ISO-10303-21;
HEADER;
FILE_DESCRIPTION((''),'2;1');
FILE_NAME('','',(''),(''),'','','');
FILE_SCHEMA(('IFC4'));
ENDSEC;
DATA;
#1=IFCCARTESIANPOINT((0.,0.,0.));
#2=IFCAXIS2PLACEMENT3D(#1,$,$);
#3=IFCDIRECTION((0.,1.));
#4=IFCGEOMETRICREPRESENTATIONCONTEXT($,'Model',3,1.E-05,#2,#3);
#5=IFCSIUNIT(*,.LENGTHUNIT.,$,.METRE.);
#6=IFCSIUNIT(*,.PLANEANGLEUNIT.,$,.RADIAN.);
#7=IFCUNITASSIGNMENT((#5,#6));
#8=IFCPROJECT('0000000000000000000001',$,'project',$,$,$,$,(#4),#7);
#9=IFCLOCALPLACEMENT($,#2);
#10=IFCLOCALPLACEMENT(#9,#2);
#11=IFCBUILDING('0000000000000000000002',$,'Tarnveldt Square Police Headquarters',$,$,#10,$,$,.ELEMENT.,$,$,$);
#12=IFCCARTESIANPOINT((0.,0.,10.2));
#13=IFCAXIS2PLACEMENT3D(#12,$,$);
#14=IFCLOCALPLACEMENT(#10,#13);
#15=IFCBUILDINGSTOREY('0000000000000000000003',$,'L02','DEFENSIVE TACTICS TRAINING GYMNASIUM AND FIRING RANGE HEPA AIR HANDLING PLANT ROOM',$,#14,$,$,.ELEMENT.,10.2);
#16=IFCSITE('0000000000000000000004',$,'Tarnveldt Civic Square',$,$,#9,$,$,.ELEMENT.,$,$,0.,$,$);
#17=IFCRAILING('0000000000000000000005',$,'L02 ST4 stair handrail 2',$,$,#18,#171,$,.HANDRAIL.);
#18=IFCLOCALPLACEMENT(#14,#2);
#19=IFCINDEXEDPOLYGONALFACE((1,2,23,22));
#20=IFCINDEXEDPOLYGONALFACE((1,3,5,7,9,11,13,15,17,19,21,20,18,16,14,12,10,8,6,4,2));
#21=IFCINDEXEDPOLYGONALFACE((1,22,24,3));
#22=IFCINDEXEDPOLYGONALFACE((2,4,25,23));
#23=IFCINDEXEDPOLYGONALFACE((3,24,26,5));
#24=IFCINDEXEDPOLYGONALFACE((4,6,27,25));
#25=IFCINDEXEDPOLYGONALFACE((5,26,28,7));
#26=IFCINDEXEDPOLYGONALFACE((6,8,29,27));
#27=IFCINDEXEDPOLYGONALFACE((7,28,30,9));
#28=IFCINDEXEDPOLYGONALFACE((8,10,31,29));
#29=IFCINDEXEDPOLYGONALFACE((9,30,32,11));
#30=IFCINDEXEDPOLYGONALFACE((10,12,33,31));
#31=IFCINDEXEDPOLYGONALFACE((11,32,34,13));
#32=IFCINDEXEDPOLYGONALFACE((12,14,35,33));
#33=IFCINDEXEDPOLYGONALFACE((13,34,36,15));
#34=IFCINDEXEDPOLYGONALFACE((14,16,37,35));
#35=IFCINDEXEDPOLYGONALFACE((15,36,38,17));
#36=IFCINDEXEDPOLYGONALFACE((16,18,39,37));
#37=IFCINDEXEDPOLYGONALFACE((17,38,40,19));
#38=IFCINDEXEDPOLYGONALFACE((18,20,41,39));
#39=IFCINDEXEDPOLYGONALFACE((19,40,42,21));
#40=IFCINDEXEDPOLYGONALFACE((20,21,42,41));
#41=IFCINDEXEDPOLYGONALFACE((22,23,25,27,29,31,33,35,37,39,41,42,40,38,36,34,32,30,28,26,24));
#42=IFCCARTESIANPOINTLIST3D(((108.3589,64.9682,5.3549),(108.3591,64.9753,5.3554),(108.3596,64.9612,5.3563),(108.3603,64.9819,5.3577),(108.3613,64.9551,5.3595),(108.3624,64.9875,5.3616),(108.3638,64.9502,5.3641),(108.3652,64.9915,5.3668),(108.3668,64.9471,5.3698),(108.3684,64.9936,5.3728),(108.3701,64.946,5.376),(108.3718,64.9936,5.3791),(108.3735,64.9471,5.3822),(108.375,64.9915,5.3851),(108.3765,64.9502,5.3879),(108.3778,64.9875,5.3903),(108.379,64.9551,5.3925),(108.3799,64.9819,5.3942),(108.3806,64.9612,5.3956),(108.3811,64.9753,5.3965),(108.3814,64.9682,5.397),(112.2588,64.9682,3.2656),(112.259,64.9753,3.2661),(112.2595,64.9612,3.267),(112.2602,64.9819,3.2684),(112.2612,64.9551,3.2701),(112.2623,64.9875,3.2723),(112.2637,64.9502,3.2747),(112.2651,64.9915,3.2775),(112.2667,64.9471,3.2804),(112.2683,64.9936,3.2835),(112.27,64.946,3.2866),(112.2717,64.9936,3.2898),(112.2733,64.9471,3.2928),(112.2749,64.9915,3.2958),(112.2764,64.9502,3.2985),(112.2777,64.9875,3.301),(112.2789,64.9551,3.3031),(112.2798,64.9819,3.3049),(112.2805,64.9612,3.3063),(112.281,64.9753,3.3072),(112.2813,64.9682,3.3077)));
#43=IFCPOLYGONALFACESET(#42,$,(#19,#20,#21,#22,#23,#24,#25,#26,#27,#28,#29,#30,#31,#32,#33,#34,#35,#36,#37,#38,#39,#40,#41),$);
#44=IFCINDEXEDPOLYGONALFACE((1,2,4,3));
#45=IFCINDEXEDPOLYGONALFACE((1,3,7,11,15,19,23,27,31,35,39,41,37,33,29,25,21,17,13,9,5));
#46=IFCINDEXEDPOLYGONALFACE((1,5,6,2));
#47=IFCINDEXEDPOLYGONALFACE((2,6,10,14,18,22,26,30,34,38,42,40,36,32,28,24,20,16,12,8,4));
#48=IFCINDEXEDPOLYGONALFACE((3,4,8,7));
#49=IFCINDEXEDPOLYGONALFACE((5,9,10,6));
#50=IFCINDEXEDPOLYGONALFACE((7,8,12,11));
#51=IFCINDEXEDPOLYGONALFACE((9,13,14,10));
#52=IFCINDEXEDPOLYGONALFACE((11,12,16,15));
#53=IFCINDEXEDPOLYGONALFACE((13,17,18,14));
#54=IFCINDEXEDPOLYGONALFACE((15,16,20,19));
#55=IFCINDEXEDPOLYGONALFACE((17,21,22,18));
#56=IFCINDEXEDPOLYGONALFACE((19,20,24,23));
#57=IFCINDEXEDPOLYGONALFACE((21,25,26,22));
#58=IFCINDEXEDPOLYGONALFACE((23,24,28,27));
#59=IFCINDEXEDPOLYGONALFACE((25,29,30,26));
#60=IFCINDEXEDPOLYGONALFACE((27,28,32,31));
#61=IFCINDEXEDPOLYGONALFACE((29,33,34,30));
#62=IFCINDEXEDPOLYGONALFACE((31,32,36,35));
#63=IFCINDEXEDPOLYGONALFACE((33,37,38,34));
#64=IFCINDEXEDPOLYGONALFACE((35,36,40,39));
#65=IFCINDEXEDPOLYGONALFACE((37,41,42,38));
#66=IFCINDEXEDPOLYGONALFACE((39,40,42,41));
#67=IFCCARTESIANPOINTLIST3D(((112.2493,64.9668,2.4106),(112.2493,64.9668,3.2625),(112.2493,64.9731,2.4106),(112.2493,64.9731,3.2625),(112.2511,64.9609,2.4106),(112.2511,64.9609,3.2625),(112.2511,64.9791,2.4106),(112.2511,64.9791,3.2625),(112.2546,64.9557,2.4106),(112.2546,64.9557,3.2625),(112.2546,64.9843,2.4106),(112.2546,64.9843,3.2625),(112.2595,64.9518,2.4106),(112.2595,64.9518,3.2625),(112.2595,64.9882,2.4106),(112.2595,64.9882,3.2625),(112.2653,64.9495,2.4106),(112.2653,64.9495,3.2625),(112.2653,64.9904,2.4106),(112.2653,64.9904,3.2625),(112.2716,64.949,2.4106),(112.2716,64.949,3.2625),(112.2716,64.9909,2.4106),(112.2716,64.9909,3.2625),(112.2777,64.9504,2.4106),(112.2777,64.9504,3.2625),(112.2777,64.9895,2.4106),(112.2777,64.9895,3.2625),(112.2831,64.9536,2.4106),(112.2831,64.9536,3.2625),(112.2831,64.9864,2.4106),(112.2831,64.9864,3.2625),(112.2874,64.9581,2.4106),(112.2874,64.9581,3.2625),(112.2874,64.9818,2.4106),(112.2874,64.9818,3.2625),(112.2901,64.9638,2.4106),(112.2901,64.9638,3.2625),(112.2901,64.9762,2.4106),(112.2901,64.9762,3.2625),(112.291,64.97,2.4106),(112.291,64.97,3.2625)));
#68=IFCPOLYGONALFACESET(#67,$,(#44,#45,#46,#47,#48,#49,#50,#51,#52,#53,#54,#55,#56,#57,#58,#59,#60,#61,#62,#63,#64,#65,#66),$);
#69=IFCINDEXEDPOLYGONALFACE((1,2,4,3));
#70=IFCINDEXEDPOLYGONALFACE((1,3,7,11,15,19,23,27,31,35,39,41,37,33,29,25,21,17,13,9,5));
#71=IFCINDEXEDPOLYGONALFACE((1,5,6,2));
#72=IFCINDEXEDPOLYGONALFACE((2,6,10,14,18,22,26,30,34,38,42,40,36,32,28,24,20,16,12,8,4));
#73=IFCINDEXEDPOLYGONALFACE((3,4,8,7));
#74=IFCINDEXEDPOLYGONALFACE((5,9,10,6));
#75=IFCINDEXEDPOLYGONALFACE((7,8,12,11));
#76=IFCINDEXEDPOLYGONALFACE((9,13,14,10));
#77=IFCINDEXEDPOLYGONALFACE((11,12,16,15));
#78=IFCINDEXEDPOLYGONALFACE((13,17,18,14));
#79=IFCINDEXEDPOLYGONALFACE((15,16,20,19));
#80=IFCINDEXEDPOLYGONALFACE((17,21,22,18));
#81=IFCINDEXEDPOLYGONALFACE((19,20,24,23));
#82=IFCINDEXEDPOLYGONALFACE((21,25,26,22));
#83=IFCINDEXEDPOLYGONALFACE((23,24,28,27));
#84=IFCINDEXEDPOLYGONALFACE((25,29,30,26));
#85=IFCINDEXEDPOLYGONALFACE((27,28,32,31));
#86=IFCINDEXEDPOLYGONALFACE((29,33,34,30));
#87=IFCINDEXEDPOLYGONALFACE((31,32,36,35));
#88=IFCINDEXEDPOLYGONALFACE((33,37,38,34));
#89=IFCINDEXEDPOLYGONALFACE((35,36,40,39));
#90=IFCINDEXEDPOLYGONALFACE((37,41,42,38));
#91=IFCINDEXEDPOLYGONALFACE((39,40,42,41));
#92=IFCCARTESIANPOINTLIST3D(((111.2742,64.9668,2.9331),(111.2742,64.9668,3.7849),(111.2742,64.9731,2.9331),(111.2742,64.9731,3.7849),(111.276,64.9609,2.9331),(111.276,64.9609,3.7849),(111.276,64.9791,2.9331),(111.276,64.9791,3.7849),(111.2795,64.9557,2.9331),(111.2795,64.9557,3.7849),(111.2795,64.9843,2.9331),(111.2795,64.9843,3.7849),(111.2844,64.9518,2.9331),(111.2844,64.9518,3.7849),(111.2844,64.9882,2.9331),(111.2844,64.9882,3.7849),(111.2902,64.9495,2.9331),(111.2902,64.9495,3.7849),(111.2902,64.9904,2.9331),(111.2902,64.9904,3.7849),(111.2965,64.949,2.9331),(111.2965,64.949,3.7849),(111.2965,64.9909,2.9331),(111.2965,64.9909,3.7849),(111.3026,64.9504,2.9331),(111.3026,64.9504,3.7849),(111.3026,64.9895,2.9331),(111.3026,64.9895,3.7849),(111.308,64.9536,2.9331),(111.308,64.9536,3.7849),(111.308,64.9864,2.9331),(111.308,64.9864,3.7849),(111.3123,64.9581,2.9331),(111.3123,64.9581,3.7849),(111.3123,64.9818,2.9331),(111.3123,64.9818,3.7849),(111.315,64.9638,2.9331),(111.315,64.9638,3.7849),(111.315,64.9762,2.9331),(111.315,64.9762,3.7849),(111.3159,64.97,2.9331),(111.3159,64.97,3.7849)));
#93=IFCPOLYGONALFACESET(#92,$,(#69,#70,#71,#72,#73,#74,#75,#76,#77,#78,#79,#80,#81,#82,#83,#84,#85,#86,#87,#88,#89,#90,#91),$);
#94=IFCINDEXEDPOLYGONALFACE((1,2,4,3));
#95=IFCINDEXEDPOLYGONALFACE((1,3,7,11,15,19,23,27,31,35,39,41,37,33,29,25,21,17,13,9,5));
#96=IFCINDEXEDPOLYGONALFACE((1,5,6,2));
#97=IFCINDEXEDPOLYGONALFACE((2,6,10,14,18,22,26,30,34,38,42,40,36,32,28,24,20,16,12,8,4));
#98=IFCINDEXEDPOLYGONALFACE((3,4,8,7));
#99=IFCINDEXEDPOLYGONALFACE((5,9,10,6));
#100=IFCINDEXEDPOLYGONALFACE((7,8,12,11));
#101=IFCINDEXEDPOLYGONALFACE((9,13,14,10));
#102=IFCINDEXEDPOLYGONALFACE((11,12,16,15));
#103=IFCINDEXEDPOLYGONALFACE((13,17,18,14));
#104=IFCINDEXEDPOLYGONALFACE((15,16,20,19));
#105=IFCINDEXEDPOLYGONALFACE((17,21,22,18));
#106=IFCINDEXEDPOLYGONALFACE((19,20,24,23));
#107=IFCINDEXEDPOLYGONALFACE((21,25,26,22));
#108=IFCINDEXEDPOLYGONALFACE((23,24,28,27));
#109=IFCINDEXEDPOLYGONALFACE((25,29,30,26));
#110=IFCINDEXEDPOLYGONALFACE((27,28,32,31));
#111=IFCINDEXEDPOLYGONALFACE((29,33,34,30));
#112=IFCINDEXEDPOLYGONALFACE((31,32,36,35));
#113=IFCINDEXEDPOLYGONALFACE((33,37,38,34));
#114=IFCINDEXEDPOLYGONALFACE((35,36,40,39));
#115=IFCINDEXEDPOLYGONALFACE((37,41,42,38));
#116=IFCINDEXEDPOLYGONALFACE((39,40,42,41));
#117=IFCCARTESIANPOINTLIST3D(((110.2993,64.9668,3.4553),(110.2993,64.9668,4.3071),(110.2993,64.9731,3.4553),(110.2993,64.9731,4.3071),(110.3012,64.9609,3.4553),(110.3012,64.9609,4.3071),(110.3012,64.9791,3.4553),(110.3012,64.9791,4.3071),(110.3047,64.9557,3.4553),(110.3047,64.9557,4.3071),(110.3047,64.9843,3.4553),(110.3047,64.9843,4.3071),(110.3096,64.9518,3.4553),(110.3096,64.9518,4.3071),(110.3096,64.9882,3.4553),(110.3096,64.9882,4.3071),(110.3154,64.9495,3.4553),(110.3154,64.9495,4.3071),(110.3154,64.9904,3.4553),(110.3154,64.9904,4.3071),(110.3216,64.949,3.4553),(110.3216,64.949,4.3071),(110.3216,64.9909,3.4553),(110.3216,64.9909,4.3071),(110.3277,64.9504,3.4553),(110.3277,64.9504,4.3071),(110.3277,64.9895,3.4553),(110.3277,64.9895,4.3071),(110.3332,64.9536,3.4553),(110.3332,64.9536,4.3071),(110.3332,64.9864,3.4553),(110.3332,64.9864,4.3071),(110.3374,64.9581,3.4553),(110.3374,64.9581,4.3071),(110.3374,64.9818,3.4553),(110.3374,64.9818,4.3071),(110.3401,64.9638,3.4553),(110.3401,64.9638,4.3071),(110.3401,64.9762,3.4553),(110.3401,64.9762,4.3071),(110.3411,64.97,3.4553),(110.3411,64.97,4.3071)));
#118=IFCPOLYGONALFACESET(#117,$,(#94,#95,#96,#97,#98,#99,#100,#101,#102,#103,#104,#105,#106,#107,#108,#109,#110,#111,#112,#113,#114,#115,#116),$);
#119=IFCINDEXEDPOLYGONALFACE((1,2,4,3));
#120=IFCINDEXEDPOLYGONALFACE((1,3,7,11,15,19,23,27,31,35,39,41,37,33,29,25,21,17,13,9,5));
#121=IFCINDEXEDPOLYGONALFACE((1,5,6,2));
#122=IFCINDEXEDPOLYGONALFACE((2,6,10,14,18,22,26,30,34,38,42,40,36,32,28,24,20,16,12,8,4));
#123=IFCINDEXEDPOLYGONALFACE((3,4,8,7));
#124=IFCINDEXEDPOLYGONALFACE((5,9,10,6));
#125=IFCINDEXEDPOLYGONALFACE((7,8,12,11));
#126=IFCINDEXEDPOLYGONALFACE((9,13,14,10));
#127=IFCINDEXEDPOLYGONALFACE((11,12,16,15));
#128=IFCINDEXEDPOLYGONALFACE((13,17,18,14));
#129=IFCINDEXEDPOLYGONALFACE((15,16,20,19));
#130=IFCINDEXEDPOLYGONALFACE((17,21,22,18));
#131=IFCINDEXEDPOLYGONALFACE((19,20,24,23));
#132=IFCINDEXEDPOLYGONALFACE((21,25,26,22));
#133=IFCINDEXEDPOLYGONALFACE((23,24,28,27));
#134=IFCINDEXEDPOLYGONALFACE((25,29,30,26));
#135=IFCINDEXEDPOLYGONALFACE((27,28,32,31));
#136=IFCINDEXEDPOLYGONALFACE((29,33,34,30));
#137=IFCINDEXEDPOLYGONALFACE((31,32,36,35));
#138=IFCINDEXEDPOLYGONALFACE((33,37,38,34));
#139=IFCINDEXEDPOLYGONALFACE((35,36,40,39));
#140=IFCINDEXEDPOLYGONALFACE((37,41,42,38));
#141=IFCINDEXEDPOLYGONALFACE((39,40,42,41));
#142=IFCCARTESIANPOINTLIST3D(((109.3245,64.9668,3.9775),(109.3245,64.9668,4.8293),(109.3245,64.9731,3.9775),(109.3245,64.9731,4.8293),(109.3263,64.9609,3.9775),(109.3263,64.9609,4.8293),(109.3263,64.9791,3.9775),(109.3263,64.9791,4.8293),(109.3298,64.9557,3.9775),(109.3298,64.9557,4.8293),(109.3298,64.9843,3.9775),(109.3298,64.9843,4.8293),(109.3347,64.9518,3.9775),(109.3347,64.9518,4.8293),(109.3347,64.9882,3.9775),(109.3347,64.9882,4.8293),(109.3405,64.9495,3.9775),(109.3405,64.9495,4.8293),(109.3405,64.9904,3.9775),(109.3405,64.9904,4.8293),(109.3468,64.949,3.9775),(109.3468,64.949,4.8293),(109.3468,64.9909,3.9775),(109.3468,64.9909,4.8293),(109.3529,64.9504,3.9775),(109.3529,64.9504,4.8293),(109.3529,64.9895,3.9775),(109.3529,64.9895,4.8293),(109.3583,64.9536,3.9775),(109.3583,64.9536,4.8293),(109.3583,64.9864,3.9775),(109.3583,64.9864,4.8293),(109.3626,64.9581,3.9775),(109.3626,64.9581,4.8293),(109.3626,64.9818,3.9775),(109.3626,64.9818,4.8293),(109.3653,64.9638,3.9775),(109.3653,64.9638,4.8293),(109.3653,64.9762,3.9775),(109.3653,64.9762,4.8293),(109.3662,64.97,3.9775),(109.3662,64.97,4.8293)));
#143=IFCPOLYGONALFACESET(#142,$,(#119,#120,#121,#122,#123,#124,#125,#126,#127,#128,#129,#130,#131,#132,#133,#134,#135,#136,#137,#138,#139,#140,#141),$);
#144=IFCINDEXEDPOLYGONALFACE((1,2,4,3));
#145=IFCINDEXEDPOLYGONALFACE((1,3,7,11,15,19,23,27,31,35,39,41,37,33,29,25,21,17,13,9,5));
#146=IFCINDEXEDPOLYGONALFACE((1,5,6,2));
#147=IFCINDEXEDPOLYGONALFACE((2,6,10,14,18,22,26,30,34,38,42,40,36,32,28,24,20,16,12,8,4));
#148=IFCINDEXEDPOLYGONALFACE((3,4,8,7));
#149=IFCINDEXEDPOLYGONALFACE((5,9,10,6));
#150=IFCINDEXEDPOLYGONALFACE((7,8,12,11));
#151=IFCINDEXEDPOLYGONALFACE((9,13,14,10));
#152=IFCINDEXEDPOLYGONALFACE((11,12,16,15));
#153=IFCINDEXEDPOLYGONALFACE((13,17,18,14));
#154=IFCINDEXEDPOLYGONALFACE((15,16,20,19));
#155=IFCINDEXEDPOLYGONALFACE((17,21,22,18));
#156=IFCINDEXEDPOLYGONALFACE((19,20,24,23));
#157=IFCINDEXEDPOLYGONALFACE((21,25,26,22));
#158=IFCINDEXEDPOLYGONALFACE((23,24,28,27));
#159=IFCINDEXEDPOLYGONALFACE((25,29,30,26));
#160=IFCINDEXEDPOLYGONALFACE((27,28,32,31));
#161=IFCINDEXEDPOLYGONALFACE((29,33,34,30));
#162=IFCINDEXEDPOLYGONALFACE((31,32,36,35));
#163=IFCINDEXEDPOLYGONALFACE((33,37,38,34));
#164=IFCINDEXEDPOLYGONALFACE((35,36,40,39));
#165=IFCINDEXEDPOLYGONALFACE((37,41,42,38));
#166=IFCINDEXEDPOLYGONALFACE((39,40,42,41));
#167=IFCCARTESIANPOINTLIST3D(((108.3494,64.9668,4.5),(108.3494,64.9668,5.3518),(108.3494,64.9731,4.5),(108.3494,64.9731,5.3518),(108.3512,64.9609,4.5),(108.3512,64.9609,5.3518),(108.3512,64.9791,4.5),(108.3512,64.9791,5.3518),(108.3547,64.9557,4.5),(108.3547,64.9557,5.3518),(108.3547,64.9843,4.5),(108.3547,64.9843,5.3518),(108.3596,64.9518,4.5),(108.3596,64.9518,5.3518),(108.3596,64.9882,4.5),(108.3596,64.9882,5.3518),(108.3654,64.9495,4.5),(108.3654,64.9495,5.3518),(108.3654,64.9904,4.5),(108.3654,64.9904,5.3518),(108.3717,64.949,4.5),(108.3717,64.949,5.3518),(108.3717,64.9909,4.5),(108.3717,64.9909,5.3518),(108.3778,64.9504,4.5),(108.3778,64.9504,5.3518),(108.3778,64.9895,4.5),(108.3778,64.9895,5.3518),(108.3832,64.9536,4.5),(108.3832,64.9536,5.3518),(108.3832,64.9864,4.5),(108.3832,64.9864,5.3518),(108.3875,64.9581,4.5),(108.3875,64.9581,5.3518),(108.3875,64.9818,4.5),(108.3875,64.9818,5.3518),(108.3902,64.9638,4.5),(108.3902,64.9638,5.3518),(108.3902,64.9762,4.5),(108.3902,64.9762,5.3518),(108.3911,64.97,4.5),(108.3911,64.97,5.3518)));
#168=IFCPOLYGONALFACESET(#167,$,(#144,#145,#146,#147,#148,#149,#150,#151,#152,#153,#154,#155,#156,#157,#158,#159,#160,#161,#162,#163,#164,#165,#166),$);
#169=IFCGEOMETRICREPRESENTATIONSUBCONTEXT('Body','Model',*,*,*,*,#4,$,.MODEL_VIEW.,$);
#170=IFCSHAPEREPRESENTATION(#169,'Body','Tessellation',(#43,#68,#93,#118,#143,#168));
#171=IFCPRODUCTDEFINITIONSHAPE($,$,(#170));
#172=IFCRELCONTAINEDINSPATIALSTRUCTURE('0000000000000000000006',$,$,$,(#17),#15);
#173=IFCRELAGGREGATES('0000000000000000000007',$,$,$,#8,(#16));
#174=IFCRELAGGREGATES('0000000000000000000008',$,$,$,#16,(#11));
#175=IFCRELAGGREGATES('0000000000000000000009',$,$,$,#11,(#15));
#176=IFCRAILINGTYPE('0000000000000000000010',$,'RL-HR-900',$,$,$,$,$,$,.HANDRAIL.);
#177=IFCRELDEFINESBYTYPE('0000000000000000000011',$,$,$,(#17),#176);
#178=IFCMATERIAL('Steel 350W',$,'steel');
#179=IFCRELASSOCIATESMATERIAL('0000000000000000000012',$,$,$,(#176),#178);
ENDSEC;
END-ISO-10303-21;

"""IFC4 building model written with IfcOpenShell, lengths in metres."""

from ifc_helpers import new_model, si_unit, direction, frame, origin, origin_2d, place, context, subcontext, project, spatial, circle, extrude, material, type_object, element, save


model = new_model("IFC4")

# Units and contexts
model_context = context("Model", 3, precision=1e-05, world=origin(), true_north=direction((0.0, 1.0)))
body_context = subcontext(model_context, "Body", "Model", "MODEL_VIEW")
ifc_project = project(units=[si_unit("LENGTHUNIT", "METRE"), si_unit("PLANEANGLEUNIT", "RADIAN")], contexts=[model_context])

# Site, building, storey
site_placement = place(None, origin())
site = spatial("IfcSite", under=ifc_project, at=site_placement, Name="Tarnveldt Civic Square", CompositionType="ELEMENT", RefElevation=0.0)
building_placement = place(site_placement, origin())
building = spatial("IfcBuilding", under=site, at=building_placement, Name="Tarnveldt Square Police Headquarters", CompositionType="ELEMENT")
storey_placement = place(building_placement, frame((0.0, 0.0, 10.2)))
storey = spatial("IfcBuildingStorey", under=building, at=storey_placement, Name="L02", Description="DEFENSIVE TACTICS TRAINING GYMNASIUM AND FIRING RANGE HEPA AIR HANDLING PLANT ROOM", CompositionType="ELEMENT", Elevation=10.2)

# Shared definitions
ifc_material_1 = material(Name="Steel 350W", Category="steel")

# Railing
railing_type_1 = type_object("IfcRailingType", Name="RL-HR-900", PredefinedType="HANDRAIL", material=ifc_material_1)
railing_1_placement = place(storey_placement, frame((112.27, 64.97, 2.4106)))
element("IfcRailing", 1, at=railing_1_placement, inside=storey, type_object=railing_type_1, Name="L02 ST4 stair handrail 2", PredefinedType="HANDRAIL", context=body_context, shape_type="SweptSolid", body=[
    extrude(circle(Radius=0.0239, at=origin_2d()), frame((0.0, 0.0, 0.876), z_axis=(-0.881468, 0.0, 0.472243), x_axis=(0.0, -1.0, 0.0)), (0.0, 0.0, 1.0), 4.4243),
    extrude(circle(Radius=0.021, at=origin_2d()), origin(), (0.0, 0.0, 1.0), 0.8518),
    extrude(circle(Radius=0.021, at=origin_2d()), frame((-0.9751, 0.0, 0.5225)), (0.0, 0.0, 1.0), 0.8518),
    extrude(circle(Radius=0.021, at=origin_2d()), frame((-1.95, 0.0, 1.0447)), (0.0, 0.0, 1.0), 0.8518),
    extrude(circle(Radius=0.021, at=origin_2d()), frame((-2.9248, 0.0, 1.5669)), (0.0, 0.0, 1.0), 0.8518),
    extrude(circle(Radius=0.021, at=origin_2d()), frame((-3.8999, 0.0, 2.0894)), (0.0, 0.0, 1.0), 0.8518),
])

save(model, "model.ifc")
